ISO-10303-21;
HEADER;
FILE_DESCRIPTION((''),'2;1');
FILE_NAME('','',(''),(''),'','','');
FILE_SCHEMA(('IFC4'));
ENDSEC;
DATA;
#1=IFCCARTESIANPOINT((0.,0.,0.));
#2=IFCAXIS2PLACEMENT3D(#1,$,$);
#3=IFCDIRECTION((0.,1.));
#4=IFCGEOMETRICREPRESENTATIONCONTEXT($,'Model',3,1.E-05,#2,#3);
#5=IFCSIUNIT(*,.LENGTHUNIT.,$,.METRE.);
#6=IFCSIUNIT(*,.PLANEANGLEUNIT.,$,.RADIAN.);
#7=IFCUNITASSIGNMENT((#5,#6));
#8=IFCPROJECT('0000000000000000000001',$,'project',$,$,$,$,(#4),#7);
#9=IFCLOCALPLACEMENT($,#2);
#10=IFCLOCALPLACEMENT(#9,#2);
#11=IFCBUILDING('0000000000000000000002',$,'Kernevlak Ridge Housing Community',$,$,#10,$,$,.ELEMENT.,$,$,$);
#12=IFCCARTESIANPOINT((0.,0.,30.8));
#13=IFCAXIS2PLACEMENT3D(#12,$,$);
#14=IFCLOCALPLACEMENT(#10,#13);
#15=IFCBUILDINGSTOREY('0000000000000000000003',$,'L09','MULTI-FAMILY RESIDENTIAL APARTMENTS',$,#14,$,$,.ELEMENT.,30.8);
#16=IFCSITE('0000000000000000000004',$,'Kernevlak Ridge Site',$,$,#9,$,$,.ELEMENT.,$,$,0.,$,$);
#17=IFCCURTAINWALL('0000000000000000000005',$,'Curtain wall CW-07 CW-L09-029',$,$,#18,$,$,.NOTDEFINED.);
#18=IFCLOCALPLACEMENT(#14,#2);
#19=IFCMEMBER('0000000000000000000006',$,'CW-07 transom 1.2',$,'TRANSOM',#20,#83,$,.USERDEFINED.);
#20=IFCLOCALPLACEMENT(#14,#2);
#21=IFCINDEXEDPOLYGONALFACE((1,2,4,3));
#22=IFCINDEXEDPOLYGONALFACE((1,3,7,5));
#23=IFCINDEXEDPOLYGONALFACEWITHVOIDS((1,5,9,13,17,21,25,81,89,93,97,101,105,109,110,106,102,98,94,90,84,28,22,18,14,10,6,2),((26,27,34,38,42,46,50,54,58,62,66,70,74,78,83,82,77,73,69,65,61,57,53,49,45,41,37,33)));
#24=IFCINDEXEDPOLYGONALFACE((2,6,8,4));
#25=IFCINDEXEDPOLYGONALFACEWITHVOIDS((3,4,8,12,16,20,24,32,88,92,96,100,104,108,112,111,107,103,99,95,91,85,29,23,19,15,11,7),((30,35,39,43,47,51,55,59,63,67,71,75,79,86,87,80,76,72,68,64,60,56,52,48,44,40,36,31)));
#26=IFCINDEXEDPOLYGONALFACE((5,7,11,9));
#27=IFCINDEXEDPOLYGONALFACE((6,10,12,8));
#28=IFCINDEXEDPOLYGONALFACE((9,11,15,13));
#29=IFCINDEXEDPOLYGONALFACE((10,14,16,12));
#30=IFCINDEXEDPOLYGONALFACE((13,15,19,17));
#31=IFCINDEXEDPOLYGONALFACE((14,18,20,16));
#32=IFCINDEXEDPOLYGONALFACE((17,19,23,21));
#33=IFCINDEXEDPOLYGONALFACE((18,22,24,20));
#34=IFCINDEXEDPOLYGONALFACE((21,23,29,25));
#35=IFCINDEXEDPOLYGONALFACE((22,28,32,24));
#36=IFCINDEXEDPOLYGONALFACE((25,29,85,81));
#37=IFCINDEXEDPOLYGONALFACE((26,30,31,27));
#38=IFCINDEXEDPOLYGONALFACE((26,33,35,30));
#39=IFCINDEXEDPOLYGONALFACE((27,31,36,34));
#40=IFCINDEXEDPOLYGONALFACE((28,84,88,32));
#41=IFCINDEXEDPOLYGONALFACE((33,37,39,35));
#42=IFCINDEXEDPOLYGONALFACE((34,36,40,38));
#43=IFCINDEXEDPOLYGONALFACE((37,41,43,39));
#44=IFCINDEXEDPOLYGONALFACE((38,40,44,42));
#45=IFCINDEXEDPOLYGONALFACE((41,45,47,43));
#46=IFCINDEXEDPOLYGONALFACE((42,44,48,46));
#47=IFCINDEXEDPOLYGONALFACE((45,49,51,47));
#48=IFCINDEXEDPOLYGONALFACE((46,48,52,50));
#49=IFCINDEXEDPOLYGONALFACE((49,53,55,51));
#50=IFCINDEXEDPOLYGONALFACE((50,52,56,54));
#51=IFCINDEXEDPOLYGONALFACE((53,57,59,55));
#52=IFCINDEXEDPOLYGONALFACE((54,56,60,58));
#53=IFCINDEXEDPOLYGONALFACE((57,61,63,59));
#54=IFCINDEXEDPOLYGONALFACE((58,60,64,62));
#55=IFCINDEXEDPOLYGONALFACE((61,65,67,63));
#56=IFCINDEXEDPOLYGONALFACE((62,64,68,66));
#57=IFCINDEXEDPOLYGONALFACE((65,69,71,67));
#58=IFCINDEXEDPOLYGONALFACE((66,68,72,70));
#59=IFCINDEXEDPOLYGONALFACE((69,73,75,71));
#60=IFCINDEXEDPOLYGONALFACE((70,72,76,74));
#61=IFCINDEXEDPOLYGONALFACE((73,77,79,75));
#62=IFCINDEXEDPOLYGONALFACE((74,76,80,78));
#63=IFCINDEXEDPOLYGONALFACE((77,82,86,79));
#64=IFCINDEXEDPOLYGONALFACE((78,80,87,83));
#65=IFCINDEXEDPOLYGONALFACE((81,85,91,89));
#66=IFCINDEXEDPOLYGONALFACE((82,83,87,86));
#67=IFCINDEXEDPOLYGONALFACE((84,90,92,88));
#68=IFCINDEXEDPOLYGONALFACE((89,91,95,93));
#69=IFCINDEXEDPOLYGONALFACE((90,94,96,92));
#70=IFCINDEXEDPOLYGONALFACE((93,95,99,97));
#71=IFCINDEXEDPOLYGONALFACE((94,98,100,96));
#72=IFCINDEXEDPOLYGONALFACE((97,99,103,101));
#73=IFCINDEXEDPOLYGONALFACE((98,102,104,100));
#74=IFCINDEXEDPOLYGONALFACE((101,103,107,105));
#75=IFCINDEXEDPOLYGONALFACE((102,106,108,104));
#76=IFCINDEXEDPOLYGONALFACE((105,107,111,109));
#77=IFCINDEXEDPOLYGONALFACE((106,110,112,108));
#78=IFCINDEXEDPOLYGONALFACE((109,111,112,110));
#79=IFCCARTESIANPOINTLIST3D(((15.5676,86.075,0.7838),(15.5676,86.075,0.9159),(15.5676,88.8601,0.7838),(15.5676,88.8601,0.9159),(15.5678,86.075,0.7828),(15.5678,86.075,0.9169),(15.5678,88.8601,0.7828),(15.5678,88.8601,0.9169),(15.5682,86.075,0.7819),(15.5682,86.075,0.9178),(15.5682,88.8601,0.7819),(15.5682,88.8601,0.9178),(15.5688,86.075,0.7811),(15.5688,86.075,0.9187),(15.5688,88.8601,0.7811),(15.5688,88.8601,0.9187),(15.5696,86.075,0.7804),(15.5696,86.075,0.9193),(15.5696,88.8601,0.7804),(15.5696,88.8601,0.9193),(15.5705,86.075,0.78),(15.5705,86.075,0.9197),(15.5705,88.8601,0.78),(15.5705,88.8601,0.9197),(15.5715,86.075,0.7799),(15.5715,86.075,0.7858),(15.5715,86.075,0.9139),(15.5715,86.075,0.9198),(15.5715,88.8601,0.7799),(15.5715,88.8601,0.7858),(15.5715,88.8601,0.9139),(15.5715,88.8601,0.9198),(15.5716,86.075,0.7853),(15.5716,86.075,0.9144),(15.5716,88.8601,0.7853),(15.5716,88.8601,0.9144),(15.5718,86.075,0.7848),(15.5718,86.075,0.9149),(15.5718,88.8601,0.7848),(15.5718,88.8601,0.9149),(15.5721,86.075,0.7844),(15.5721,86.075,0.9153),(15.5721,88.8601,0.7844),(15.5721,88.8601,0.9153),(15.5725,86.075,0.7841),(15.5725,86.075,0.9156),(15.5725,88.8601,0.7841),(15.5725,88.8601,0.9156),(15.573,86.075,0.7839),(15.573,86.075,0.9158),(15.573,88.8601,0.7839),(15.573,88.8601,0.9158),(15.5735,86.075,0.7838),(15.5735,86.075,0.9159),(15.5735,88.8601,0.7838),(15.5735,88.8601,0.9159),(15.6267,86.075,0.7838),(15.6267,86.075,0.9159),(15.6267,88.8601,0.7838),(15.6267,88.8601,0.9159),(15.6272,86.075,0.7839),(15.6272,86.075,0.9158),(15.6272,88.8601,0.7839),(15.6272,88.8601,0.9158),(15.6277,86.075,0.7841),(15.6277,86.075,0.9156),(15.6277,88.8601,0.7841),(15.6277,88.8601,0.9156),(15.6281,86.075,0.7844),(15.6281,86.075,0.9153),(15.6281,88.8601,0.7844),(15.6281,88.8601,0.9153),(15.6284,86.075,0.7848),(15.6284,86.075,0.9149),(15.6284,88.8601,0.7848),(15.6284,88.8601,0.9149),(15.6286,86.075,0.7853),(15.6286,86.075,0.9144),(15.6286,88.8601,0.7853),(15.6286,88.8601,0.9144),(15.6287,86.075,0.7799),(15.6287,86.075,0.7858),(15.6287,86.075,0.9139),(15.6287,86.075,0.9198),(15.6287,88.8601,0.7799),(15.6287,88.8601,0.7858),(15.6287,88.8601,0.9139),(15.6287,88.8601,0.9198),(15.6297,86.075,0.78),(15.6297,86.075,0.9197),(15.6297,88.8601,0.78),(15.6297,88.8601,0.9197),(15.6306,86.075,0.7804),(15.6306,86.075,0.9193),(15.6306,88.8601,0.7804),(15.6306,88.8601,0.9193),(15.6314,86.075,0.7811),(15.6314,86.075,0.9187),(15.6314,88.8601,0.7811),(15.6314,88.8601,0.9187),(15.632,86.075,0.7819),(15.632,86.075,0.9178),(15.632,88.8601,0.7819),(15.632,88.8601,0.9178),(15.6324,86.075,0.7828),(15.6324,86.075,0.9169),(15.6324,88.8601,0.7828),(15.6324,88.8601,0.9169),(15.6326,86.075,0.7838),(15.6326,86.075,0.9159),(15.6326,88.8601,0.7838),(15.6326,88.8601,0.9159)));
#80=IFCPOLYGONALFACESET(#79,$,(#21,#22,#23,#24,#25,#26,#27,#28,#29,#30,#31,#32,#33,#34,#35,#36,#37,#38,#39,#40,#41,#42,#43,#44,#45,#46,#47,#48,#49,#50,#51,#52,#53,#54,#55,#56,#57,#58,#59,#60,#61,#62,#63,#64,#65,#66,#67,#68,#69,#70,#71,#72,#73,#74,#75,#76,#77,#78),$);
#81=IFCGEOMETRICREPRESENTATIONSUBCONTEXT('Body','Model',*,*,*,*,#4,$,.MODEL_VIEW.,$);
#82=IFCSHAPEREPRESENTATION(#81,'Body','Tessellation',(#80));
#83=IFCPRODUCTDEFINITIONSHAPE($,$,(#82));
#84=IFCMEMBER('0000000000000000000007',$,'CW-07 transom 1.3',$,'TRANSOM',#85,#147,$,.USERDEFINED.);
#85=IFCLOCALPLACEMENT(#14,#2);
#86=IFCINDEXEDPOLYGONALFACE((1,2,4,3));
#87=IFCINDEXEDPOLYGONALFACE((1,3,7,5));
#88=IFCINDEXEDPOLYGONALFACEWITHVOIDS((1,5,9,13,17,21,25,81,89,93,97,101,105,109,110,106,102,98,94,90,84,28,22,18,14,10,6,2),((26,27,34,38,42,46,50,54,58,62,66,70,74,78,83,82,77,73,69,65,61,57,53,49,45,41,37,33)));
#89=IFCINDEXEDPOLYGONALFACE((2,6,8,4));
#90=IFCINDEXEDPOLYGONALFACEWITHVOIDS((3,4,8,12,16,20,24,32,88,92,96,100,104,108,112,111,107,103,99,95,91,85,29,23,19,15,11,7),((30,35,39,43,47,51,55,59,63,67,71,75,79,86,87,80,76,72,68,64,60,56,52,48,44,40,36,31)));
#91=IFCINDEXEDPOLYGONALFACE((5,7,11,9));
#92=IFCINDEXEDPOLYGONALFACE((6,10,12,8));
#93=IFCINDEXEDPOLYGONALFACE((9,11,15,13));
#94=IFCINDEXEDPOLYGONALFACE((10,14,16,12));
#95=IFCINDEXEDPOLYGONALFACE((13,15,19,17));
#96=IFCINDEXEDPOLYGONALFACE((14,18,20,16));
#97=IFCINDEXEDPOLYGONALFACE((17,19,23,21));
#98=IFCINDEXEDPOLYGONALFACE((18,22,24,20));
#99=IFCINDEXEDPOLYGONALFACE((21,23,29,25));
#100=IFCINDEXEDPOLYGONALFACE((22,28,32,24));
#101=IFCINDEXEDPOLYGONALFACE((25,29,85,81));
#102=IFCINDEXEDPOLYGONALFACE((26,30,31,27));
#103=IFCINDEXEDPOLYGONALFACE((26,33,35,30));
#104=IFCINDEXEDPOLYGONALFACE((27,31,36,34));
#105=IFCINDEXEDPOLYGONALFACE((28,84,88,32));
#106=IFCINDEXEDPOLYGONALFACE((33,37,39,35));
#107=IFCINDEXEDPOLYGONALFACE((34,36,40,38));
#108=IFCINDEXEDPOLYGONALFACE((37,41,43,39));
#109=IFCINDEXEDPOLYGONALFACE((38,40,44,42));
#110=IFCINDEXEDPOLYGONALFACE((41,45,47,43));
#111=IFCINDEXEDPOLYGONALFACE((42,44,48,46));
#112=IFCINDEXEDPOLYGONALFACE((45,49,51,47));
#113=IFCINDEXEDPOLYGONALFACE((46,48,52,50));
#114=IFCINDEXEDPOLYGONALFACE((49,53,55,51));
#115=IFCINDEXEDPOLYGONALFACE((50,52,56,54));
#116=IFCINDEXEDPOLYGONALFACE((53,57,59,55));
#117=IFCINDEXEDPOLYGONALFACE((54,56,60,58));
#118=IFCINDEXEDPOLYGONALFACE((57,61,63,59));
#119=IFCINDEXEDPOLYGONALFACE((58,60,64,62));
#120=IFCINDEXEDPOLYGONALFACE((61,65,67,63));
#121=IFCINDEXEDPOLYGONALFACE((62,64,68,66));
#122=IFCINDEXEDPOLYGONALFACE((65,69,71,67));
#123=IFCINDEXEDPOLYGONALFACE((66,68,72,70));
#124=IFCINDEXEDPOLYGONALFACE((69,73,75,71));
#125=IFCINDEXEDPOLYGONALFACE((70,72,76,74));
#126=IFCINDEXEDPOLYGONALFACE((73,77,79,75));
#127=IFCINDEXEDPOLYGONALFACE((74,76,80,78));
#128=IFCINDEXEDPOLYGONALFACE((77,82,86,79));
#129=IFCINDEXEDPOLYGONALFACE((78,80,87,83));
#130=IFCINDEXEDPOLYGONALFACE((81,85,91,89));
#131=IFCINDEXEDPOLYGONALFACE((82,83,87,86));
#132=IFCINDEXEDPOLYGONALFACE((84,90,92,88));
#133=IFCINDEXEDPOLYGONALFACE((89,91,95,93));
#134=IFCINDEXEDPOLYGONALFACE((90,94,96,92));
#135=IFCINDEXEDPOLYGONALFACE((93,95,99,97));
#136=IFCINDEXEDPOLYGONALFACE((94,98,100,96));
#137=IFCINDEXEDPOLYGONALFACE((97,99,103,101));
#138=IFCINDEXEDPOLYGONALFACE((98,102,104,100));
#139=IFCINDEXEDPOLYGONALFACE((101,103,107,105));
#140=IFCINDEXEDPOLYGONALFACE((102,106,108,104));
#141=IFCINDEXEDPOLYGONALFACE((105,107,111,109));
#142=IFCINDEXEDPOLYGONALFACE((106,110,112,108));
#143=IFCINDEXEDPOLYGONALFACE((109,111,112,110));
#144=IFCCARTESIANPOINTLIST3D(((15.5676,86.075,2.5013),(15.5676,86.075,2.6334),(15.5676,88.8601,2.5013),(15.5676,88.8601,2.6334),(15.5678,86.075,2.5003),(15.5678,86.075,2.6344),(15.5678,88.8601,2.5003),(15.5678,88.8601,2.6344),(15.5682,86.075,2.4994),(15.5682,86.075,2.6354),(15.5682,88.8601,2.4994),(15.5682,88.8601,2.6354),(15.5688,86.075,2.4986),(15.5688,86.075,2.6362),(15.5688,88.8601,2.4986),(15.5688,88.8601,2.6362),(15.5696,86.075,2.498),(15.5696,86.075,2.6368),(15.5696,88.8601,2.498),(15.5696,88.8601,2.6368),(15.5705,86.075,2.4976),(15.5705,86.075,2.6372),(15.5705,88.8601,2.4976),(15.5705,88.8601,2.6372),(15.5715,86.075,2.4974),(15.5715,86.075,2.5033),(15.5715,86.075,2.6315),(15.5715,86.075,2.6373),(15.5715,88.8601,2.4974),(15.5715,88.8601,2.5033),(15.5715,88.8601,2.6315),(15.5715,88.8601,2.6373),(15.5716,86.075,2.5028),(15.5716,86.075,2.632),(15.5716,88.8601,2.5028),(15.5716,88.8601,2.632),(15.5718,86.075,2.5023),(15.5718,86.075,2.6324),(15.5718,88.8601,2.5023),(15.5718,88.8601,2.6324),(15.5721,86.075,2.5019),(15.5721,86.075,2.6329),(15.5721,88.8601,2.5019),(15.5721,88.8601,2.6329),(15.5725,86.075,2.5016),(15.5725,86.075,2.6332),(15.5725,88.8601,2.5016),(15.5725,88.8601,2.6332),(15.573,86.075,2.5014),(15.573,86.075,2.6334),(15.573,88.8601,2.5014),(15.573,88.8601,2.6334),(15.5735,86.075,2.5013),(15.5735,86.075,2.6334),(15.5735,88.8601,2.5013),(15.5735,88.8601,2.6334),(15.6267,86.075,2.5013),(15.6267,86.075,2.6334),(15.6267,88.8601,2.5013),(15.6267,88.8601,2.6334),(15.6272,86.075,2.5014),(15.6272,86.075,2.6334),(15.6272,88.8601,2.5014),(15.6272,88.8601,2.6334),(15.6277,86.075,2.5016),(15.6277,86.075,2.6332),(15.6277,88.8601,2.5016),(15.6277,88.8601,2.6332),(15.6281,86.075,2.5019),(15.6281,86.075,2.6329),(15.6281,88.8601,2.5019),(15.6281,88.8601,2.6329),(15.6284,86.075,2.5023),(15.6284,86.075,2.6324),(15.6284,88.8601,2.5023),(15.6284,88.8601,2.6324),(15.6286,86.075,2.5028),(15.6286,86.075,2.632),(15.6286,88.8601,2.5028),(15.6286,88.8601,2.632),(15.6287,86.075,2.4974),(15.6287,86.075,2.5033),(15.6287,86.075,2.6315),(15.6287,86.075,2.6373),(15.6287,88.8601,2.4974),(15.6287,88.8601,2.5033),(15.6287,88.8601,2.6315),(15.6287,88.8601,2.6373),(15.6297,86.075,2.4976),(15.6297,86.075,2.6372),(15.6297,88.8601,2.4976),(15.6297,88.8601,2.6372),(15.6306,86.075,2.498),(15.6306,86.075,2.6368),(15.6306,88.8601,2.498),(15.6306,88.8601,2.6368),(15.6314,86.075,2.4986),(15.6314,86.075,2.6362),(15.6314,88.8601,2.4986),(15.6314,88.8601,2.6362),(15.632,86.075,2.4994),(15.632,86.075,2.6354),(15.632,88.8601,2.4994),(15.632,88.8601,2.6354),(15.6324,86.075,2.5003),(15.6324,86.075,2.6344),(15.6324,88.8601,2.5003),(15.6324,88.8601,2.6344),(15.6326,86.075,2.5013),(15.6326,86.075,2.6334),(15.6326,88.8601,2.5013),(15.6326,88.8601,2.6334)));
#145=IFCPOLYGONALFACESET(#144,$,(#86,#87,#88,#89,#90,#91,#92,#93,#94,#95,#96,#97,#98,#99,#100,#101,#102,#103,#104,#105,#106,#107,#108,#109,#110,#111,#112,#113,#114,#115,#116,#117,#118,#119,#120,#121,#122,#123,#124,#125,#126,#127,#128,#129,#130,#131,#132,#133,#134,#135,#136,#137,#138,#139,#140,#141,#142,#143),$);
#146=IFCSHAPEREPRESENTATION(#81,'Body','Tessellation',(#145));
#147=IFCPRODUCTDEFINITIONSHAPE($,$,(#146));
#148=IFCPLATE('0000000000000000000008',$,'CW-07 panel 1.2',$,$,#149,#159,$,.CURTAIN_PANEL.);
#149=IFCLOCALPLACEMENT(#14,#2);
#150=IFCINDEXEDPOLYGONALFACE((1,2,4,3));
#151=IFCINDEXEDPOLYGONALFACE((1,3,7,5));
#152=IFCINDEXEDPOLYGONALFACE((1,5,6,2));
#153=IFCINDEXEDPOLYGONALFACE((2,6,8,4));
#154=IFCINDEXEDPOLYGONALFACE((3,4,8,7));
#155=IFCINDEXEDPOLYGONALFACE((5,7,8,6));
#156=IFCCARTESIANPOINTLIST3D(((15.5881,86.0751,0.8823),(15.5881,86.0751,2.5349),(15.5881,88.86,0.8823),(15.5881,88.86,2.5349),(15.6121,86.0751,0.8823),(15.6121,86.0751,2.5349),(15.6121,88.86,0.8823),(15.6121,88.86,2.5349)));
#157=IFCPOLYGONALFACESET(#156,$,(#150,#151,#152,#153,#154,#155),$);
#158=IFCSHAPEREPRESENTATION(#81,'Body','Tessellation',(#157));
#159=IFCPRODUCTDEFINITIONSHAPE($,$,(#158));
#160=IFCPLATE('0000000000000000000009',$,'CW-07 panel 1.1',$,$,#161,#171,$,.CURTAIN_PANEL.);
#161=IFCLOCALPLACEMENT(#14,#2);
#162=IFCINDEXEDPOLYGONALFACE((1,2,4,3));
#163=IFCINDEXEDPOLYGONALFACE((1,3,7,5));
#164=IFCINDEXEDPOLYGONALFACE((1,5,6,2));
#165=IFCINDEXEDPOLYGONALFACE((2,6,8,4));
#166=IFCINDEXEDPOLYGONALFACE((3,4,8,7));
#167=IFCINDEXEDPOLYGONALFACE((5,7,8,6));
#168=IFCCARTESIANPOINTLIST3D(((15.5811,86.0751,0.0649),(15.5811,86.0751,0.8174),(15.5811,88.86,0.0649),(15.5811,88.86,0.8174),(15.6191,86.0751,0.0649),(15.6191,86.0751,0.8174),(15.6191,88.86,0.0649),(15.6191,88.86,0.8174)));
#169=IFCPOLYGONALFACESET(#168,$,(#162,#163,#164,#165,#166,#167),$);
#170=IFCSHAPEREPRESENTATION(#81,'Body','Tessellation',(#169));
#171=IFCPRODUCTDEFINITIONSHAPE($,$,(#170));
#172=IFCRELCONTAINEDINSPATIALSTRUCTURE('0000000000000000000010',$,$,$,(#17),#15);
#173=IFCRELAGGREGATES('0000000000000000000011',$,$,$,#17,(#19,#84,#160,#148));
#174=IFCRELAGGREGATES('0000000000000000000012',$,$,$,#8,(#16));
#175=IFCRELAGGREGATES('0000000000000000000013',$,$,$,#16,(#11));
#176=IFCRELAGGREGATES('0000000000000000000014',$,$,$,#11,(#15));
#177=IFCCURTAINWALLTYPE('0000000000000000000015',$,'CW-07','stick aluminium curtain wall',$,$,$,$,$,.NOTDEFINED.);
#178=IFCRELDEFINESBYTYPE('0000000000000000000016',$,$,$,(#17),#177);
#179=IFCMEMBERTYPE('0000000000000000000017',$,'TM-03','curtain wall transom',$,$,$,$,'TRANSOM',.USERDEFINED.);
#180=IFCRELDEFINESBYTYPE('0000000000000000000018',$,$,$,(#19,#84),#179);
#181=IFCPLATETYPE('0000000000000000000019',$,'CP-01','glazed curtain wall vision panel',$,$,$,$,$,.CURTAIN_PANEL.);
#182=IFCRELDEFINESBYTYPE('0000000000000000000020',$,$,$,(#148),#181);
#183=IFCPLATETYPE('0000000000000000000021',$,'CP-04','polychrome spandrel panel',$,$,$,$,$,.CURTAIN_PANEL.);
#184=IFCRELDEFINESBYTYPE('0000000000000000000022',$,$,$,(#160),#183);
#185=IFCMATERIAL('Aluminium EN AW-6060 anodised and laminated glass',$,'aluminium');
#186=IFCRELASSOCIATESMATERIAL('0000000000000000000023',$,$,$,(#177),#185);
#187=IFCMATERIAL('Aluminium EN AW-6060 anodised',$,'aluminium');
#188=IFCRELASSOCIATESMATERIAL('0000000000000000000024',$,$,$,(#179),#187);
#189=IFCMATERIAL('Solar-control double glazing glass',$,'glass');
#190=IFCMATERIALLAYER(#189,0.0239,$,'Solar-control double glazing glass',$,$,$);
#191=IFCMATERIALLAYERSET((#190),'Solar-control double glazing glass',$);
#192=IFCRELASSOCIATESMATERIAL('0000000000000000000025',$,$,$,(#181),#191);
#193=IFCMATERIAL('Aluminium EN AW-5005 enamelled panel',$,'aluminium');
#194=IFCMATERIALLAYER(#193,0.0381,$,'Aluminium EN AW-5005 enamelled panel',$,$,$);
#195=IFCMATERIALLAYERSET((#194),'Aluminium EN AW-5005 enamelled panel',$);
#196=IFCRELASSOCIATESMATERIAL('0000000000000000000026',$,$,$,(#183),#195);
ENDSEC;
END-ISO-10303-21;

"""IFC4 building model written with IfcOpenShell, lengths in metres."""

from ifc_helpers import new_model, si_unit, direction, frame, origin, origin_2d, place, context, subcontext, project, spatial, rectangle, hollow_rectangle, extrude, material, layer, layer_set, material_profile, profile_set, type_object, element, aggregate, save


model = new_model("IFC4")

# Units and contexts
model_context = context("Model", 3, precision=1e-05, world=origin(), true_north=direction((0.0, 1.0)))
body_context = subcontext(model_context, "Body", "Model", "MODEL_VIEW")
ifc_project = project(units=[si_unit("LENGTHUNIT", "METRE"), si_unit("PLANEANGLEUNIT", "RADIAN")], contexts=[model_context])

# Site, building, storey
site_placement = place(None, origin())
site = spatial("IfcSite", under=ifc_project, at=site_placement, Name="Kernevlak Ridge Site", CompositionType="ELEMENT", RefElevation=0.0)
building_placement = place(site_placement, origin())
building = spatial("IfcBuilding", under=site, at=building_placement, Name="Kernevlak Ridge Housing Community", CompositionType="ELEMENT")
storey_placement = place(building_placement, frame((0.0, 0.0, 30.8)))
storey = spatial("IfcBuildingStorey", under=building, at=storey_placement, Name="L09", Description="MULTI-FAMILY RESIDENTIAL APARTMENTS", CompositionType="ELEMENT", Elevation=30.8)

# Shared definitions
ifc_material_1 = material(Name="Aluminium EN AW-6060 anodised and laminated glass", Category="aluminium")
ifc_material_2 = material(Name="Aluminium EN AW-6060 anodised", Category="aluminium")

# Curtain wall, members, plates
curtain_wall_type_1 = type_object("IfcCurtainWallType", Name="CW-07", Description="stick aluminium curtain wall", PredefinedType="NOTDEFINED", material=ifc_material_1)
curtain_wall_1_placement = place(storey_placement, origin())
curtain_wall_1 = element("IfcCurtainWall", 1, at=curtain_wall_1_placement, inside=storey, type_object=curtain_wall_type_1, Name="Curtain wall CW-07 CW-L09-029", PredefinedType="NOTDEFINED")
ifc_material_profile_1 = material_profile(ifc_material_2, hollow_rectangle(XDim=0.0649, YDim=0.1399, WallThickness=0.0039, InnerFilletRadius=0.002, OuterFilletRadius=0.0039, at=origin_2d()), Name="ALU 65x140x4")
ifc_profile_set_1 = profile_set([ifc_material_profile_1], Name="Aluminium EN AW-6060 anodised")
member_type_1 = type_object("IfcMemberType", Name="TM-03", Description="curtain wall transom", ElementType="TRANSOM", PredefinedType="USERDEFINED", material=ifc_profile_set_1)
member_1_placement = place(storey_placement, frame((15.6001, 86.075, 0.8499), z_axis=(0.0, 1.0, 0.0), x_axis=(-1.0, 0.0, 0.0)))
member_1 = element("IfcMember", 2, at=member_1_placement, type_object=member_type_1, Name="CW-07 transom 1.2", ObjectType="TRANSOM", PredefinedType="USERDEFINED", context=body_context, shape_type="SweptSolid", body=[
    extrude(hollow_rectangle(XDim=0.0649, YDim=0.1399, WallThickness=0.0039, InnerFilletRadius=0.002, OuterFilletRadius=0.0039, at=origin_2d()), origin(), (0.0, 0.0, 1.0), 2.7852),
])
member_2_placement = place(storey_placement, frame((15.6001, 86.075, 2.5674), z_axis=(0.0, 1.0, 0.0), x_axis=(-1.0, 0.0, 0.0)))
member_2 = element("IfcMember", 3, at=member_2_placement, type_object=member_type_1, Name="CW-07 transom 1.3", ObjectType="TRANSOM", PredefinedType="USERDEFINED", context=body_context, shape_type="SweptSolid", body=[
    extrude(hollow_rectangle(XDim=0.0649, YDim=0.1399, WallThickness=0.0039, InnerFilletRadius=0.002, OuterFilletRadius=0.0039, at=origin_2d()), origin(), (0.0, 0.0, 1.0), 2.7852),
])
ifc_material_3 = material(Name="Solar-control double glazing glass", Category="glass")
ifc_layer_1 = layer(ifc_material_3, 0.0239, Name="Solar-control double glazing glass")
ifc_layer_set_1 = layer_set([ifc_layer_1], Name="Solar-control double glazing glass")
plate_type_1 = type_object("IfcPlateType", Name="CP-01", Description="glazed curtain wall vision panel", PredefinedType="CURTAIN_PANEL", material=ifc_layer_set_1)
plate_1_placement = place(storey_placement, frame((15.6001, 87.4675, 0.8823), z_axis=(0.0, 0.0, 1.0), x_axis=(0.0, 1.0, 0.0)))
plate_1 = element("IfcPlate", 4, at=plate_1_placement, type_object=plate_type_1, Name="CW-07 panel 1.2", PredefinedType="CURTAIN_PANEL", context=body_context, shape_type="SweptSolid", body=[
    extrude(rectangle(XDim=2.7849, YDim=0.0239, at=origin_2d()), origin(), (0.0, 0.0, 1.0), 1.6526),
])
ifc_material_4 = material(Name="Aluminium EN AW-5005 enamelled panel", Category="aluminium")
ifc_layer_2 = layer(ifc_material_4, 0.0381, Name="Aluminium EN AW-5005 enamelled panel")
ifc_layer_set_2 = layer_set([ifc_layer_2], Name="Aluminium EN AW-5005 enamelled panel")
plate_type_2 = type_object("IfcPlateType", Name="CP-04", Description="polychrome spandrel panel", PredefinedType="CURTAIN_PANEL", material=ifc_layer_set_2)
plate_2_placement = place(storey_placement, frame((15.6001, 87.4675, 0.0649), z_axis=(0.0, 0.0, 1.0), x_axis=(0.0, 1.0, 0.0)))
plate_2 = element("IfcPlate", 5, at=plate_2_placement, type_object=plate_type_2, Name="CW-07 panel 1.1", PredefinedType="CURTAIN_PANEL", context=body_context, shape_type="SweptSolid", body=[
    extrude(rectangle(XDim=2.7849, YDim=0.0381, at=origin_2d()), origin(), (0.0, 0.0, 1.0), 0.7524),
])
aggregate(curtain_wall_1, [member_1, member_2, plate_2, plate_1])

save(model, "model.ifc")
